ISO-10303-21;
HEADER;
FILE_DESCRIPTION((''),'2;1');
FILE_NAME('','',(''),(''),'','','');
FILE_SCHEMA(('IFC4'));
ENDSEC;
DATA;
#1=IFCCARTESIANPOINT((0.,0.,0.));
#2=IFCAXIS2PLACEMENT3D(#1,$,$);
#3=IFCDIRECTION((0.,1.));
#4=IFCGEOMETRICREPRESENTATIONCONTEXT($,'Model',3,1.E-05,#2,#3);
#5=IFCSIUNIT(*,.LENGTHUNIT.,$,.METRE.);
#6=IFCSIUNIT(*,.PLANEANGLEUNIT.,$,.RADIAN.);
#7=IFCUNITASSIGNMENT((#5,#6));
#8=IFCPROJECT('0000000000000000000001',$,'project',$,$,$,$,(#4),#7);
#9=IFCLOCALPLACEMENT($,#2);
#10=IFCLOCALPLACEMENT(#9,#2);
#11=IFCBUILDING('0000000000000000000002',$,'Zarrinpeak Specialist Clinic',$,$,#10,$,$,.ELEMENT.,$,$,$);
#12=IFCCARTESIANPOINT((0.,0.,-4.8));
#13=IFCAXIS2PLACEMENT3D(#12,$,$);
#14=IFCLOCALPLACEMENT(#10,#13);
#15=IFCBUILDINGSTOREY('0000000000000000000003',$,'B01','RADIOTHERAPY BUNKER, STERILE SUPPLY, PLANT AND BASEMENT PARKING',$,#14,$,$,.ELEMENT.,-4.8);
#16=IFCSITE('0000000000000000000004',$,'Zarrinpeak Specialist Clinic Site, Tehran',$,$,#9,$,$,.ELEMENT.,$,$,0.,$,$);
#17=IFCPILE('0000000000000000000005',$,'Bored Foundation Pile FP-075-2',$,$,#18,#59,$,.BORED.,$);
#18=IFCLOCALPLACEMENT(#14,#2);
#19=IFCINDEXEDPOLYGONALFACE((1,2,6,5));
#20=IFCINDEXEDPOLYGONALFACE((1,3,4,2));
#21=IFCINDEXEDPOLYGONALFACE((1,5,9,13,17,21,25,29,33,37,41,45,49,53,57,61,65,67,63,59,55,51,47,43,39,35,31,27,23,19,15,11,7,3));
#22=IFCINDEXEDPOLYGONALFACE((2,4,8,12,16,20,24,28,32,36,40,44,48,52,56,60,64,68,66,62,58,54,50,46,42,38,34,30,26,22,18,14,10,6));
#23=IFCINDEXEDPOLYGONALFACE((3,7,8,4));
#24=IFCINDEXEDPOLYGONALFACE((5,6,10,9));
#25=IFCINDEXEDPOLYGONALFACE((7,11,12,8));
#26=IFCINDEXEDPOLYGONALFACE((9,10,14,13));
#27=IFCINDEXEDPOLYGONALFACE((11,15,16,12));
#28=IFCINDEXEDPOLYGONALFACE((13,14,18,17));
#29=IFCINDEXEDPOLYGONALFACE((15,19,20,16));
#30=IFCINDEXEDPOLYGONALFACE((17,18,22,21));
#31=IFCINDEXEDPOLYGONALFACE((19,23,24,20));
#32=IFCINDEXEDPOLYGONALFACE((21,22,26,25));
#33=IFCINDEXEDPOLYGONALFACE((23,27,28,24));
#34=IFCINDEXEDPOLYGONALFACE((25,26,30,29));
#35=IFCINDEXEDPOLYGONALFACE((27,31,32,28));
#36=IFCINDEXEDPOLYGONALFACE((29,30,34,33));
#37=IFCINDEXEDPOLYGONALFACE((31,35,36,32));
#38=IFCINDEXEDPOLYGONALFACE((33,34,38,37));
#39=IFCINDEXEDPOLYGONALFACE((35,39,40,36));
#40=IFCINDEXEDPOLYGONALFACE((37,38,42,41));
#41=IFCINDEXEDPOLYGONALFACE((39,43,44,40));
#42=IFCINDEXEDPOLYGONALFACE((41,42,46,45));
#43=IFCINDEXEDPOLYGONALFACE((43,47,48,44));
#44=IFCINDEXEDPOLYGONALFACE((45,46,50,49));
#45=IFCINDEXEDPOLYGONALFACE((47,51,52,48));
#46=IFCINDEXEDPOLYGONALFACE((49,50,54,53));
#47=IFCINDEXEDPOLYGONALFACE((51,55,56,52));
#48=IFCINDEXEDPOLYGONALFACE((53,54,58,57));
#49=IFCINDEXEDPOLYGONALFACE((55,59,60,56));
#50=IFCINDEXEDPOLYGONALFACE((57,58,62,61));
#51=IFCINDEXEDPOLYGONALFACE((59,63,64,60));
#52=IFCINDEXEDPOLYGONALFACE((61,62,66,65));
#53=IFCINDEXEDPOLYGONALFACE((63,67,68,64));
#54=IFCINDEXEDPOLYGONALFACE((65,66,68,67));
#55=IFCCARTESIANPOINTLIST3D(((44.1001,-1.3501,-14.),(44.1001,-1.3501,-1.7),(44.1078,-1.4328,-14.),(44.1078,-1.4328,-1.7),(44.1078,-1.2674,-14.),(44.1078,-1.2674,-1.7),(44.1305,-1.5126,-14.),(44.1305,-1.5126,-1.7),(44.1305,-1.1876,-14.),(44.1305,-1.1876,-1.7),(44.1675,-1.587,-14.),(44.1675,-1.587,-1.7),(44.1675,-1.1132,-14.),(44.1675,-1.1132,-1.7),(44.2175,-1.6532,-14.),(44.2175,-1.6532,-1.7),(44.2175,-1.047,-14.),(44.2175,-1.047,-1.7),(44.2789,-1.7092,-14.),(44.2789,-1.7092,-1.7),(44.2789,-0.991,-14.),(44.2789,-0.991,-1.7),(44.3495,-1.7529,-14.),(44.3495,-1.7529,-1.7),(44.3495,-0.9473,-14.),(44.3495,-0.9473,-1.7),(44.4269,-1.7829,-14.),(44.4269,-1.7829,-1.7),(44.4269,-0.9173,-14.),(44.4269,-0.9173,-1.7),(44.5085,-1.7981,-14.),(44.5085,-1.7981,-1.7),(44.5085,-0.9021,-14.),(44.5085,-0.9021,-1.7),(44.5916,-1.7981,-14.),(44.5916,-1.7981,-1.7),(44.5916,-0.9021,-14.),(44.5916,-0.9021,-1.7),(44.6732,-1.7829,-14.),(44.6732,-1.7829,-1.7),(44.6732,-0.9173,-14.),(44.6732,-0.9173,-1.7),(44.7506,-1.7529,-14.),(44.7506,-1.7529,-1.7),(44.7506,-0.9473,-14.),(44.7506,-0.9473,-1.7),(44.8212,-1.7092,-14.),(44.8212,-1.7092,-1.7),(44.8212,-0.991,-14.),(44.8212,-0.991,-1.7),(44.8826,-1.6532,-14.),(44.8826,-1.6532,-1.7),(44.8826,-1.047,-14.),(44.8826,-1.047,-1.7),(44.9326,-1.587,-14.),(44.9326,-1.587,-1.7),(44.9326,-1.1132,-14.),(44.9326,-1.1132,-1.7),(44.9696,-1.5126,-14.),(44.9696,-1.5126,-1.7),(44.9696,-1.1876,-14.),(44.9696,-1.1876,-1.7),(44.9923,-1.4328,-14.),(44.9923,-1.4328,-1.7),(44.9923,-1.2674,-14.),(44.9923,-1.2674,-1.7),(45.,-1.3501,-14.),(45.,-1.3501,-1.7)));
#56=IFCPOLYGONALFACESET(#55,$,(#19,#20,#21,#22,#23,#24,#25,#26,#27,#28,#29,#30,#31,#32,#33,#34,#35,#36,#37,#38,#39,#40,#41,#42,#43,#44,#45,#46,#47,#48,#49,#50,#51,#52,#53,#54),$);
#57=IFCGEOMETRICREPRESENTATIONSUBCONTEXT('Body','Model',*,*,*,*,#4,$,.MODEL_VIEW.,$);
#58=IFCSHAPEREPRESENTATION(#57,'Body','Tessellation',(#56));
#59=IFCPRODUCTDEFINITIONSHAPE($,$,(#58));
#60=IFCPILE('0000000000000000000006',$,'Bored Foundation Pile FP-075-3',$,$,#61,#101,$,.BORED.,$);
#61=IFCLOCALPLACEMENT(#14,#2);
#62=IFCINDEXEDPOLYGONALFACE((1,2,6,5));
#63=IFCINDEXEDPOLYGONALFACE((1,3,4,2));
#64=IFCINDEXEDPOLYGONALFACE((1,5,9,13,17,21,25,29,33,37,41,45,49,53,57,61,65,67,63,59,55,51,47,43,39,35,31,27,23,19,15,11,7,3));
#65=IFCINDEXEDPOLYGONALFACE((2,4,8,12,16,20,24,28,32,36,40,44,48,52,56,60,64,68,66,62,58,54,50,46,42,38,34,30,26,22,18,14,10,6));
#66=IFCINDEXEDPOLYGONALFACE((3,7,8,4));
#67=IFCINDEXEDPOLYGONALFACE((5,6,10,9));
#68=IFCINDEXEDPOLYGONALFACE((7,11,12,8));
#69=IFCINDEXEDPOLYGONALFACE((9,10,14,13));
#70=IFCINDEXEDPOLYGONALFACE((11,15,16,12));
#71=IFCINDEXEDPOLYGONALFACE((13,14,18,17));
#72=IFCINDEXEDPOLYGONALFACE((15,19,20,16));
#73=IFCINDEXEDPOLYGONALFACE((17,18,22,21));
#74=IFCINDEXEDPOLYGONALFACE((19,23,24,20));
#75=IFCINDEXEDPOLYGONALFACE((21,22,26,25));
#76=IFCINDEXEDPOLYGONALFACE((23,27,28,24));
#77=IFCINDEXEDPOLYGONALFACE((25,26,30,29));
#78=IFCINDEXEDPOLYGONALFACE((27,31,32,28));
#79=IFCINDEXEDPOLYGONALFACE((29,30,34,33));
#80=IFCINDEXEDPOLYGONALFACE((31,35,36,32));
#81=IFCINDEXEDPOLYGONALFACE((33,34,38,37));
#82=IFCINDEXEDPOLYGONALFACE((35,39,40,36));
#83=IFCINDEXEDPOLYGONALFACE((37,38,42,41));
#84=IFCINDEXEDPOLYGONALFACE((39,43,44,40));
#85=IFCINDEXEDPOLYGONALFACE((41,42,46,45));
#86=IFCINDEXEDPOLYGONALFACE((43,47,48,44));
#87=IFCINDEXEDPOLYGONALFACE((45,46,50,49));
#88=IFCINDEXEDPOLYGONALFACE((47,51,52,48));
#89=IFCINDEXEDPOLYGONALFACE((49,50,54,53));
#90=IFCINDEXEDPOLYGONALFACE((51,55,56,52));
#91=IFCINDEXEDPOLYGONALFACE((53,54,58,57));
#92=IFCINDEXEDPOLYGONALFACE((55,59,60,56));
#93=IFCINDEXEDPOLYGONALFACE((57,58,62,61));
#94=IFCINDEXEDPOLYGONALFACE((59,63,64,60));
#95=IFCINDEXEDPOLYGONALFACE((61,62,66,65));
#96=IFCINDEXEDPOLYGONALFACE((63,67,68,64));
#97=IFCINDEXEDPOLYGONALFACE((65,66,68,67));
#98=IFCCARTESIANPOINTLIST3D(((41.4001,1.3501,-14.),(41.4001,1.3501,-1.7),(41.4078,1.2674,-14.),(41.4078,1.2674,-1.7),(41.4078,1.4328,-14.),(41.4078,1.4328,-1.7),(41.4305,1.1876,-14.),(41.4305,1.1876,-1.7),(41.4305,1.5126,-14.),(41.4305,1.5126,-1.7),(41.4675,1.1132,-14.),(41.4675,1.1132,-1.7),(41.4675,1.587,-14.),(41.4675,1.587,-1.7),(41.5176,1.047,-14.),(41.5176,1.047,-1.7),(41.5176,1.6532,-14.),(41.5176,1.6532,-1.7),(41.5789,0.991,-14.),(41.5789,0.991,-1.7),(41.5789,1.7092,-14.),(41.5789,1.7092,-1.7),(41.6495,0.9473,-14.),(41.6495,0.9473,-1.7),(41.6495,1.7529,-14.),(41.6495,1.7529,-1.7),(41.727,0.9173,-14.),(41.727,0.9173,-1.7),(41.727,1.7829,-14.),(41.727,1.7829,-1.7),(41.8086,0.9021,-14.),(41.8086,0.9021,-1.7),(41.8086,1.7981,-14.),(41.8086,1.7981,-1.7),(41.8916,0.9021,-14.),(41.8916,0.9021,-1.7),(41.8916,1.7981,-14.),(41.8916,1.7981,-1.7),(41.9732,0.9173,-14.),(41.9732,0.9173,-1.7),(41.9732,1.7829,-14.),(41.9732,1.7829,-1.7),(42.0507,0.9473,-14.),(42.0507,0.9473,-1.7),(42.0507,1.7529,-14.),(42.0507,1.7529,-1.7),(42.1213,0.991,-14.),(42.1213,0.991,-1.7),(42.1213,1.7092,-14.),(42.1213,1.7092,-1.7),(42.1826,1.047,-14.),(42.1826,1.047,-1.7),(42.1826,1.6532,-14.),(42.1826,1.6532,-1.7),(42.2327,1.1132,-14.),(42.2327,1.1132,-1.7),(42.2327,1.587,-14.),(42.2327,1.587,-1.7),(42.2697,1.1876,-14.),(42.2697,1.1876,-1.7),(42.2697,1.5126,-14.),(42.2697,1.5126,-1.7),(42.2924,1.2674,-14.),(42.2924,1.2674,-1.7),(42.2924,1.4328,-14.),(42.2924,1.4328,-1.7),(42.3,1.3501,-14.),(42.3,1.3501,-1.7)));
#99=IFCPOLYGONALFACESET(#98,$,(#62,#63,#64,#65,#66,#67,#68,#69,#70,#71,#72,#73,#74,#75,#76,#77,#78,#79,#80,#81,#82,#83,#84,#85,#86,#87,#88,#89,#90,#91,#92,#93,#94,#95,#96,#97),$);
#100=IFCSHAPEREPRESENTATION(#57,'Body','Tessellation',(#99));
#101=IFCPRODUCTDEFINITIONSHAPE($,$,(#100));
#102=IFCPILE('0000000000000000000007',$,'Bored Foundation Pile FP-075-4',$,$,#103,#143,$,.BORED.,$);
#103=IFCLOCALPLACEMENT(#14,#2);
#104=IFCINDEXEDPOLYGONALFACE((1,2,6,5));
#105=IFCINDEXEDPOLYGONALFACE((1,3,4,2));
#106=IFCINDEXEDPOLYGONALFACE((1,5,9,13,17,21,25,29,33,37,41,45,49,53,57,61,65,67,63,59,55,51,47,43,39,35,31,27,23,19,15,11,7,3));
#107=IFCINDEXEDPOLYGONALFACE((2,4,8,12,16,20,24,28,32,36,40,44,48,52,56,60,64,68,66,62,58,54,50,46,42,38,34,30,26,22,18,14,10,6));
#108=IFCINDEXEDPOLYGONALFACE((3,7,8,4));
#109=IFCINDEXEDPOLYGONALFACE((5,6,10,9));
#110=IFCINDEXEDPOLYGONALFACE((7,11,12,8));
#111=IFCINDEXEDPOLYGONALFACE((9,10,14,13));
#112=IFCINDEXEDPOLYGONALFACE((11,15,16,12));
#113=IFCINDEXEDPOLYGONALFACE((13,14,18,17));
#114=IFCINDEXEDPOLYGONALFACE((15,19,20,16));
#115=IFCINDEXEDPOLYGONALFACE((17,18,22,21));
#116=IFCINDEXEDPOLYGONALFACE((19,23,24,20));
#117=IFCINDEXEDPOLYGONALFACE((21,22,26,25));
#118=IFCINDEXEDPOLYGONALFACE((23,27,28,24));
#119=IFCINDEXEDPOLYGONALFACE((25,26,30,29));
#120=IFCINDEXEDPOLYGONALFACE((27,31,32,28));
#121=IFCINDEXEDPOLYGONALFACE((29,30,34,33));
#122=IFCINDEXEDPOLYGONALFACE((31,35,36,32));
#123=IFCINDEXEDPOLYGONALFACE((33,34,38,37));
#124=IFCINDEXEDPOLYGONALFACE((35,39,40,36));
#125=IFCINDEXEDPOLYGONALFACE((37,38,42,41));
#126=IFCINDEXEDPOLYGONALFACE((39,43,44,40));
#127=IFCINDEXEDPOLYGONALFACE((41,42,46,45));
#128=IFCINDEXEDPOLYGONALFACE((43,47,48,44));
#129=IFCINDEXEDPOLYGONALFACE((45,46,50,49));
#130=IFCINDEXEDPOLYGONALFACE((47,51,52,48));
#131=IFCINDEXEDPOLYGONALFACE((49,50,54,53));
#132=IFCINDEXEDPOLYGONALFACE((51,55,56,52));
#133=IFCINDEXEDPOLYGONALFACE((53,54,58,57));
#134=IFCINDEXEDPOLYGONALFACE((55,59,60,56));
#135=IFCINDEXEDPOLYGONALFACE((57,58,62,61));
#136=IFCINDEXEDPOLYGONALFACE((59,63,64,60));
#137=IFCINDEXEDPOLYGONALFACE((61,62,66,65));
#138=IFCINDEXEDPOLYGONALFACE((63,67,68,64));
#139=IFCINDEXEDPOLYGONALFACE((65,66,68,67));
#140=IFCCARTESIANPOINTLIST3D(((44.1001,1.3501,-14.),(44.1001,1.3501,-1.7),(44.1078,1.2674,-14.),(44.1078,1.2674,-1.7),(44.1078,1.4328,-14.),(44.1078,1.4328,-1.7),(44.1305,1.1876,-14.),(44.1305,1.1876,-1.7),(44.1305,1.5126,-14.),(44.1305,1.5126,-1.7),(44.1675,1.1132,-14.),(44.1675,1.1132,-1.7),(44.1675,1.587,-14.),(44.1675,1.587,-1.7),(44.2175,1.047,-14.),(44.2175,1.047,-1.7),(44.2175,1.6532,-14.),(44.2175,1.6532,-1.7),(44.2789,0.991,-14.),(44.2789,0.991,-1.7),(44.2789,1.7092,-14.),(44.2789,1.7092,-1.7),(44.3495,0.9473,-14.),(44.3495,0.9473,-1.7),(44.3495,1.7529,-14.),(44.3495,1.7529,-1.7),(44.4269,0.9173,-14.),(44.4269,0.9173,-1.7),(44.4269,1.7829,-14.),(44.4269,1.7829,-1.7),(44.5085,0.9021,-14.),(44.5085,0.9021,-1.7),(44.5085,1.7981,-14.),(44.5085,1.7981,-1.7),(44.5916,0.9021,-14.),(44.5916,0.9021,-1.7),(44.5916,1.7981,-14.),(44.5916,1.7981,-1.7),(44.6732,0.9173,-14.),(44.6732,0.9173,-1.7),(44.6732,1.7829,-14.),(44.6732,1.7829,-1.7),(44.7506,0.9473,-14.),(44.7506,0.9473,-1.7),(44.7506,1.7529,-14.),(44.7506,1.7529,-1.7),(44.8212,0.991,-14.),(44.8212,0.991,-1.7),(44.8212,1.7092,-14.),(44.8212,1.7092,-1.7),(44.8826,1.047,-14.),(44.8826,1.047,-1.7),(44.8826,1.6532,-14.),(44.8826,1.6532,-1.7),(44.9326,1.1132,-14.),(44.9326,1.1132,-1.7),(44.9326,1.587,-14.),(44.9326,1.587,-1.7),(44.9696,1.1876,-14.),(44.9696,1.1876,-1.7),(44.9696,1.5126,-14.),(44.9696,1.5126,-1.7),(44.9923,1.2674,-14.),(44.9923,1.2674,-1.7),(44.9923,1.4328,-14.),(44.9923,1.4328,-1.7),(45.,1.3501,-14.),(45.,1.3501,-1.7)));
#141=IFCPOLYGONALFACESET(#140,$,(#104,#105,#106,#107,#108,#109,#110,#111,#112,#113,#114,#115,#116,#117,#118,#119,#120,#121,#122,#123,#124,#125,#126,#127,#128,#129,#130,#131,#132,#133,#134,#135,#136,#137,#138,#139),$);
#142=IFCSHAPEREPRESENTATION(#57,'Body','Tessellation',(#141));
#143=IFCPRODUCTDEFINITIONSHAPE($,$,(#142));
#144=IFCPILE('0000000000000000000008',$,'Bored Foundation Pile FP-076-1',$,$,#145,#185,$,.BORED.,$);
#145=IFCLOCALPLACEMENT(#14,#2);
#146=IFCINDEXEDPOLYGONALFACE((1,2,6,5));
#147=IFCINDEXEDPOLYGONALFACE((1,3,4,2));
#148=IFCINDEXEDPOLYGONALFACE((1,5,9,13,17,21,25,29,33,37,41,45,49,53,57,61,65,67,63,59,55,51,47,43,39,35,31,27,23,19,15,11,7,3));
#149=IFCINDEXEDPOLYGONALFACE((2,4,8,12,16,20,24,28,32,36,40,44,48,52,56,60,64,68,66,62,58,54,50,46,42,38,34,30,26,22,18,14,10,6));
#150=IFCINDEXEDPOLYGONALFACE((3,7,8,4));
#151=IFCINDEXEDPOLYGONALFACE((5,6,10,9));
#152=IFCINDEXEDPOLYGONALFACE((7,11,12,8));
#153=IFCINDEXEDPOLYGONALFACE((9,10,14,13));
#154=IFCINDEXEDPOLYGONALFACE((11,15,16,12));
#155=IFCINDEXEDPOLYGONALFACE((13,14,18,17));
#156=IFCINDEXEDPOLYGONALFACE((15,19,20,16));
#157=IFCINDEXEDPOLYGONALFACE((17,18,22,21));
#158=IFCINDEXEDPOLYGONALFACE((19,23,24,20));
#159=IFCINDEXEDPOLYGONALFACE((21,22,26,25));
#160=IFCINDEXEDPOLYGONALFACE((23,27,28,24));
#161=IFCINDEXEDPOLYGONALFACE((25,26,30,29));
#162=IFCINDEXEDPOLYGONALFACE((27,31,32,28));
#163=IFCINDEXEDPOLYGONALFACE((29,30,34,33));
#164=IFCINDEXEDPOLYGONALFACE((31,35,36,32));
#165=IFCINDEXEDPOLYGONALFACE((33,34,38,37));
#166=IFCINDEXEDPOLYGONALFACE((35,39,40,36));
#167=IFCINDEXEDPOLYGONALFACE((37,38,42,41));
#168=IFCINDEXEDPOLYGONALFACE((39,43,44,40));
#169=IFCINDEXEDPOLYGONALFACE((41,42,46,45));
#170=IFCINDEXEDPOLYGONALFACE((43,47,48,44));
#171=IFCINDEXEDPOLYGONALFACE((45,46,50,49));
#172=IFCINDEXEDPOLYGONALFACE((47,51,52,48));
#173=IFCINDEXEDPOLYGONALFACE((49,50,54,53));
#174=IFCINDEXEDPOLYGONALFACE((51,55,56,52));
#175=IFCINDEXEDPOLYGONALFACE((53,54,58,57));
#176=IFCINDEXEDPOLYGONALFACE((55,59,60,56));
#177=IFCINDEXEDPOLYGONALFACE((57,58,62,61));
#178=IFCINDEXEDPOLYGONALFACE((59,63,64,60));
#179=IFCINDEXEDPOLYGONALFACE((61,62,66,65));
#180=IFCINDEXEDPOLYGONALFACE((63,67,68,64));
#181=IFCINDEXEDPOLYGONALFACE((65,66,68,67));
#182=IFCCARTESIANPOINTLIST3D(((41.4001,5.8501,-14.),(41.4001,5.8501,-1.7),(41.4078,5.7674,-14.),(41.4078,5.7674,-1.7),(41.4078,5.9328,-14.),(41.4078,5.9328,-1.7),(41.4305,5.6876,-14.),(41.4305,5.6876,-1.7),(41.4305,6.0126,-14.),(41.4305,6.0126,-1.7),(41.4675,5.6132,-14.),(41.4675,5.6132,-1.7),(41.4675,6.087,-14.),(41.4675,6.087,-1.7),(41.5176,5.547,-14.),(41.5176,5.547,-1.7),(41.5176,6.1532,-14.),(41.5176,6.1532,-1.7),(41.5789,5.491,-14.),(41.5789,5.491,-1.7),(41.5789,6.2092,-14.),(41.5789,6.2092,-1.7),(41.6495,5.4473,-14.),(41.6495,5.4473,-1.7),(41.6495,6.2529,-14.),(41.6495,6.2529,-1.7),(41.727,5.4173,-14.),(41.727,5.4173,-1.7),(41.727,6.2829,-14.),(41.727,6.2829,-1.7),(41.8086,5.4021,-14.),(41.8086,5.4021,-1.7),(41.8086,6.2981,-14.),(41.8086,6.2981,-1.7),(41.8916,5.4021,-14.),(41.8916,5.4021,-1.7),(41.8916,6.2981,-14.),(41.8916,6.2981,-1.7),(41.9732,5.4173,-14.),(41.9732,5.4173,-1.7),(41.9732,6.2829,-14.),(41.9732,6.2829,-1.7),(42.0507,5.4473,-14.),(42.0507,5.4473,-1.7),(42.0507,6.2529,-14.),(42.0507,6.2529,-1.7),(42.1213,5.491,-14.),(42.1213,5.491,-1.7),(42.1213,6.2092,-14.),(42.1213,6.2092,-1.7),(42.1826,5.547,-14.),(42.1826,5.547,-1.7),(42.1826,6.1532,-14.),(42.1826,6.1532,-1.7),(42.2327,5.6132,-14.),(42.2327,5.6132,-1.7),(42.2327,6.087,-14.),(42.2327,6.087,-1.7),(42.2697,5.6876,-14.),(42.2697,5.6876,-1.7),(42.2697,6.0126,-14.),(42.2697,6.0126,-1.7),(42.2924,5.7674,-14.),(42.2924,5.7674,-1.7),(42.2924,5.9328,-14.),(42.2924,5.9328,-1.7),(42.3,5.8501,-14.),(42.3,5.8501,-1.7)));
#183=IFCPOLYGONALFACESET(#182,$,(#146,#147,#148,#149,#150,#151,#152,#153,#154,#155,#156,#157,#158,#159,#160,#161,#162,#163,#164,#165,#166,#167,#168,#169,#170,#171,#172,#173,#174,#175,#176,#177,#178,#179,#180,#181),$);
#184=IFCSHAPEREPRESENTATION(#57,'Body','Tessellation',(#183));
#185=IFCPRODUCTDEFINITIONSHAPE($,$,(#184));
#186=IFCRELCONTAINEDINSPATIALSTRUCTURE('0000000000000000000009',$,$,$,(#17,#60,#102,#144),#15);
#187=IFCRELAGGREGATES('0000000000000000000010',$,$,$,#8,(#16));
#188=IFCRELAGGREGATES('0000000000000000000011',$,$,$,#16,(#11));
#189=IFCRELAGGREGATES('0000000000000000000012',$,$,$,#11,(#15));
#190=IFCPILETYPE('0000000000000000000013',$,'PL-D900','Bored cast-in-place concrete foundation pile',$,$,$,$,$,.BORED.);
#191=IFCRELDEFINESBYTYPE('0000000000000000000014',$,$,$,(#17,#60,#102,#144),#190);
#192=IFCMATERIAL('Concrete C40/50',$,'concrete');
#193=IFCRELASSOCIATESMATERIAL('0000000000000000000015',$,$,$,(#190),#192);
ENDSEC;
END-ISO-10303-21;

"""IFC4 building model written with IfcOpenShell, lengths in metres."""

from ifc_helpers import new_model, si_unit, direction, frame, origin, origin_2d, place, context, subcontext, project, spatial, circle, extrude, material, material_profile, profile_set, type_object, element, save


model = new_model("IFC4")

# Units and contexts
model_context = context("Model", 3, precision=1e-05, world=origin(), true_north=direction((0.0, 1.0)))
body_context = subcontext(model_context, "Body", "Model", "MODEL_VIEW")
ifc_project = project(units=[si_unit("LENGTHUNIT", "METRE"), si_unit("PLANEANGLEUNIT", "RADIAN")], contexts=[model_context])

# Site, building, storey
site_placement = place(None, origin())
site = spatial("IfcSite", under=ifc_project, at=site_placement, Name="Zarrinpeak Specialist Clinic Site, Tehran", CompositionType="ELEMENT", RefElevation=0.0)
building_placement = place(site_placement, origin())
building = spatial("IfcBuilding", under=site, at=building_placement, Name="Zarrinpeak Specialist Clinic", CompositionType="ELEMENT")
storey_placement = place(building_placement, frame((0.0, 0.0, -4.8)))
storey = spatial("IfcBuildingStorey", under=building, at=storey_placement, Name="B01", Description="RADIOTHERAPY BUNKER, STERILE SUPPLY, PLANT AND BASEMENT PARKING", CompositionType="ELEMENT", Elevation=-4.8)

# Shared definitions
ifc_material_1 = material(Name="Concrete C40/50", Category="concrete")

# Piles
ifc_material_profile_1 = material_profile(ifc_material_1, circle(Radius=0.45, at=origin_2d()), Name="BORED PILE D900")
ifc_profile_set_1 = profile_set([ifc_material_profile_1], Name="Concrete C40/50")
pile_type = type_object("IfcPileType", Name="PL-D900", Description="Bored cast-in-place concrete foundation pile", PredefinedType="BORED", material=ifc_profile_set_1)
for number, where, z_axis, x_axis, name in (
    (1, (44.55, -1.3501, -1.7), (0.0, 0.0, -1.0), (1.0, 0.0, 0.0), "Bored Foundation Pile FP-075-2"),
    (2, (41.8501, 1.3501, -1.7), (0.0, 0.0, -1.0), (1.0, 0.0, 0.0), "Bored Foundation Pile FP-075-3"),
    (3, (44.55, 1.3501, -1.7), (0.0, 0.0, -1.0), (1.0, 0.0, 0.0), "Bored Foundation Pile FP-075-4"),
    (4, (41.8501, 5.8501, -1.7), (0.0, 0.0, -1.0), (1.0, 0.0, 0.0), "Bored Foundation Pile FP-076-1"),
):
    element("IfcPile", number, at=place(storey_placement, frame(where, z_axis=z_axis, x_axis=x_axis)), inside=storey, type_object=pile_type, Name=name, PredefinedType="BORED", context=body_context, shape_type="SweptSolid", body=[
        extrude(circle(Radius=0.45, at=origin_2d()), origin(), (0.0, 0.0, 1.0), 12.3),
    ])

save(model, "model.ifc")
